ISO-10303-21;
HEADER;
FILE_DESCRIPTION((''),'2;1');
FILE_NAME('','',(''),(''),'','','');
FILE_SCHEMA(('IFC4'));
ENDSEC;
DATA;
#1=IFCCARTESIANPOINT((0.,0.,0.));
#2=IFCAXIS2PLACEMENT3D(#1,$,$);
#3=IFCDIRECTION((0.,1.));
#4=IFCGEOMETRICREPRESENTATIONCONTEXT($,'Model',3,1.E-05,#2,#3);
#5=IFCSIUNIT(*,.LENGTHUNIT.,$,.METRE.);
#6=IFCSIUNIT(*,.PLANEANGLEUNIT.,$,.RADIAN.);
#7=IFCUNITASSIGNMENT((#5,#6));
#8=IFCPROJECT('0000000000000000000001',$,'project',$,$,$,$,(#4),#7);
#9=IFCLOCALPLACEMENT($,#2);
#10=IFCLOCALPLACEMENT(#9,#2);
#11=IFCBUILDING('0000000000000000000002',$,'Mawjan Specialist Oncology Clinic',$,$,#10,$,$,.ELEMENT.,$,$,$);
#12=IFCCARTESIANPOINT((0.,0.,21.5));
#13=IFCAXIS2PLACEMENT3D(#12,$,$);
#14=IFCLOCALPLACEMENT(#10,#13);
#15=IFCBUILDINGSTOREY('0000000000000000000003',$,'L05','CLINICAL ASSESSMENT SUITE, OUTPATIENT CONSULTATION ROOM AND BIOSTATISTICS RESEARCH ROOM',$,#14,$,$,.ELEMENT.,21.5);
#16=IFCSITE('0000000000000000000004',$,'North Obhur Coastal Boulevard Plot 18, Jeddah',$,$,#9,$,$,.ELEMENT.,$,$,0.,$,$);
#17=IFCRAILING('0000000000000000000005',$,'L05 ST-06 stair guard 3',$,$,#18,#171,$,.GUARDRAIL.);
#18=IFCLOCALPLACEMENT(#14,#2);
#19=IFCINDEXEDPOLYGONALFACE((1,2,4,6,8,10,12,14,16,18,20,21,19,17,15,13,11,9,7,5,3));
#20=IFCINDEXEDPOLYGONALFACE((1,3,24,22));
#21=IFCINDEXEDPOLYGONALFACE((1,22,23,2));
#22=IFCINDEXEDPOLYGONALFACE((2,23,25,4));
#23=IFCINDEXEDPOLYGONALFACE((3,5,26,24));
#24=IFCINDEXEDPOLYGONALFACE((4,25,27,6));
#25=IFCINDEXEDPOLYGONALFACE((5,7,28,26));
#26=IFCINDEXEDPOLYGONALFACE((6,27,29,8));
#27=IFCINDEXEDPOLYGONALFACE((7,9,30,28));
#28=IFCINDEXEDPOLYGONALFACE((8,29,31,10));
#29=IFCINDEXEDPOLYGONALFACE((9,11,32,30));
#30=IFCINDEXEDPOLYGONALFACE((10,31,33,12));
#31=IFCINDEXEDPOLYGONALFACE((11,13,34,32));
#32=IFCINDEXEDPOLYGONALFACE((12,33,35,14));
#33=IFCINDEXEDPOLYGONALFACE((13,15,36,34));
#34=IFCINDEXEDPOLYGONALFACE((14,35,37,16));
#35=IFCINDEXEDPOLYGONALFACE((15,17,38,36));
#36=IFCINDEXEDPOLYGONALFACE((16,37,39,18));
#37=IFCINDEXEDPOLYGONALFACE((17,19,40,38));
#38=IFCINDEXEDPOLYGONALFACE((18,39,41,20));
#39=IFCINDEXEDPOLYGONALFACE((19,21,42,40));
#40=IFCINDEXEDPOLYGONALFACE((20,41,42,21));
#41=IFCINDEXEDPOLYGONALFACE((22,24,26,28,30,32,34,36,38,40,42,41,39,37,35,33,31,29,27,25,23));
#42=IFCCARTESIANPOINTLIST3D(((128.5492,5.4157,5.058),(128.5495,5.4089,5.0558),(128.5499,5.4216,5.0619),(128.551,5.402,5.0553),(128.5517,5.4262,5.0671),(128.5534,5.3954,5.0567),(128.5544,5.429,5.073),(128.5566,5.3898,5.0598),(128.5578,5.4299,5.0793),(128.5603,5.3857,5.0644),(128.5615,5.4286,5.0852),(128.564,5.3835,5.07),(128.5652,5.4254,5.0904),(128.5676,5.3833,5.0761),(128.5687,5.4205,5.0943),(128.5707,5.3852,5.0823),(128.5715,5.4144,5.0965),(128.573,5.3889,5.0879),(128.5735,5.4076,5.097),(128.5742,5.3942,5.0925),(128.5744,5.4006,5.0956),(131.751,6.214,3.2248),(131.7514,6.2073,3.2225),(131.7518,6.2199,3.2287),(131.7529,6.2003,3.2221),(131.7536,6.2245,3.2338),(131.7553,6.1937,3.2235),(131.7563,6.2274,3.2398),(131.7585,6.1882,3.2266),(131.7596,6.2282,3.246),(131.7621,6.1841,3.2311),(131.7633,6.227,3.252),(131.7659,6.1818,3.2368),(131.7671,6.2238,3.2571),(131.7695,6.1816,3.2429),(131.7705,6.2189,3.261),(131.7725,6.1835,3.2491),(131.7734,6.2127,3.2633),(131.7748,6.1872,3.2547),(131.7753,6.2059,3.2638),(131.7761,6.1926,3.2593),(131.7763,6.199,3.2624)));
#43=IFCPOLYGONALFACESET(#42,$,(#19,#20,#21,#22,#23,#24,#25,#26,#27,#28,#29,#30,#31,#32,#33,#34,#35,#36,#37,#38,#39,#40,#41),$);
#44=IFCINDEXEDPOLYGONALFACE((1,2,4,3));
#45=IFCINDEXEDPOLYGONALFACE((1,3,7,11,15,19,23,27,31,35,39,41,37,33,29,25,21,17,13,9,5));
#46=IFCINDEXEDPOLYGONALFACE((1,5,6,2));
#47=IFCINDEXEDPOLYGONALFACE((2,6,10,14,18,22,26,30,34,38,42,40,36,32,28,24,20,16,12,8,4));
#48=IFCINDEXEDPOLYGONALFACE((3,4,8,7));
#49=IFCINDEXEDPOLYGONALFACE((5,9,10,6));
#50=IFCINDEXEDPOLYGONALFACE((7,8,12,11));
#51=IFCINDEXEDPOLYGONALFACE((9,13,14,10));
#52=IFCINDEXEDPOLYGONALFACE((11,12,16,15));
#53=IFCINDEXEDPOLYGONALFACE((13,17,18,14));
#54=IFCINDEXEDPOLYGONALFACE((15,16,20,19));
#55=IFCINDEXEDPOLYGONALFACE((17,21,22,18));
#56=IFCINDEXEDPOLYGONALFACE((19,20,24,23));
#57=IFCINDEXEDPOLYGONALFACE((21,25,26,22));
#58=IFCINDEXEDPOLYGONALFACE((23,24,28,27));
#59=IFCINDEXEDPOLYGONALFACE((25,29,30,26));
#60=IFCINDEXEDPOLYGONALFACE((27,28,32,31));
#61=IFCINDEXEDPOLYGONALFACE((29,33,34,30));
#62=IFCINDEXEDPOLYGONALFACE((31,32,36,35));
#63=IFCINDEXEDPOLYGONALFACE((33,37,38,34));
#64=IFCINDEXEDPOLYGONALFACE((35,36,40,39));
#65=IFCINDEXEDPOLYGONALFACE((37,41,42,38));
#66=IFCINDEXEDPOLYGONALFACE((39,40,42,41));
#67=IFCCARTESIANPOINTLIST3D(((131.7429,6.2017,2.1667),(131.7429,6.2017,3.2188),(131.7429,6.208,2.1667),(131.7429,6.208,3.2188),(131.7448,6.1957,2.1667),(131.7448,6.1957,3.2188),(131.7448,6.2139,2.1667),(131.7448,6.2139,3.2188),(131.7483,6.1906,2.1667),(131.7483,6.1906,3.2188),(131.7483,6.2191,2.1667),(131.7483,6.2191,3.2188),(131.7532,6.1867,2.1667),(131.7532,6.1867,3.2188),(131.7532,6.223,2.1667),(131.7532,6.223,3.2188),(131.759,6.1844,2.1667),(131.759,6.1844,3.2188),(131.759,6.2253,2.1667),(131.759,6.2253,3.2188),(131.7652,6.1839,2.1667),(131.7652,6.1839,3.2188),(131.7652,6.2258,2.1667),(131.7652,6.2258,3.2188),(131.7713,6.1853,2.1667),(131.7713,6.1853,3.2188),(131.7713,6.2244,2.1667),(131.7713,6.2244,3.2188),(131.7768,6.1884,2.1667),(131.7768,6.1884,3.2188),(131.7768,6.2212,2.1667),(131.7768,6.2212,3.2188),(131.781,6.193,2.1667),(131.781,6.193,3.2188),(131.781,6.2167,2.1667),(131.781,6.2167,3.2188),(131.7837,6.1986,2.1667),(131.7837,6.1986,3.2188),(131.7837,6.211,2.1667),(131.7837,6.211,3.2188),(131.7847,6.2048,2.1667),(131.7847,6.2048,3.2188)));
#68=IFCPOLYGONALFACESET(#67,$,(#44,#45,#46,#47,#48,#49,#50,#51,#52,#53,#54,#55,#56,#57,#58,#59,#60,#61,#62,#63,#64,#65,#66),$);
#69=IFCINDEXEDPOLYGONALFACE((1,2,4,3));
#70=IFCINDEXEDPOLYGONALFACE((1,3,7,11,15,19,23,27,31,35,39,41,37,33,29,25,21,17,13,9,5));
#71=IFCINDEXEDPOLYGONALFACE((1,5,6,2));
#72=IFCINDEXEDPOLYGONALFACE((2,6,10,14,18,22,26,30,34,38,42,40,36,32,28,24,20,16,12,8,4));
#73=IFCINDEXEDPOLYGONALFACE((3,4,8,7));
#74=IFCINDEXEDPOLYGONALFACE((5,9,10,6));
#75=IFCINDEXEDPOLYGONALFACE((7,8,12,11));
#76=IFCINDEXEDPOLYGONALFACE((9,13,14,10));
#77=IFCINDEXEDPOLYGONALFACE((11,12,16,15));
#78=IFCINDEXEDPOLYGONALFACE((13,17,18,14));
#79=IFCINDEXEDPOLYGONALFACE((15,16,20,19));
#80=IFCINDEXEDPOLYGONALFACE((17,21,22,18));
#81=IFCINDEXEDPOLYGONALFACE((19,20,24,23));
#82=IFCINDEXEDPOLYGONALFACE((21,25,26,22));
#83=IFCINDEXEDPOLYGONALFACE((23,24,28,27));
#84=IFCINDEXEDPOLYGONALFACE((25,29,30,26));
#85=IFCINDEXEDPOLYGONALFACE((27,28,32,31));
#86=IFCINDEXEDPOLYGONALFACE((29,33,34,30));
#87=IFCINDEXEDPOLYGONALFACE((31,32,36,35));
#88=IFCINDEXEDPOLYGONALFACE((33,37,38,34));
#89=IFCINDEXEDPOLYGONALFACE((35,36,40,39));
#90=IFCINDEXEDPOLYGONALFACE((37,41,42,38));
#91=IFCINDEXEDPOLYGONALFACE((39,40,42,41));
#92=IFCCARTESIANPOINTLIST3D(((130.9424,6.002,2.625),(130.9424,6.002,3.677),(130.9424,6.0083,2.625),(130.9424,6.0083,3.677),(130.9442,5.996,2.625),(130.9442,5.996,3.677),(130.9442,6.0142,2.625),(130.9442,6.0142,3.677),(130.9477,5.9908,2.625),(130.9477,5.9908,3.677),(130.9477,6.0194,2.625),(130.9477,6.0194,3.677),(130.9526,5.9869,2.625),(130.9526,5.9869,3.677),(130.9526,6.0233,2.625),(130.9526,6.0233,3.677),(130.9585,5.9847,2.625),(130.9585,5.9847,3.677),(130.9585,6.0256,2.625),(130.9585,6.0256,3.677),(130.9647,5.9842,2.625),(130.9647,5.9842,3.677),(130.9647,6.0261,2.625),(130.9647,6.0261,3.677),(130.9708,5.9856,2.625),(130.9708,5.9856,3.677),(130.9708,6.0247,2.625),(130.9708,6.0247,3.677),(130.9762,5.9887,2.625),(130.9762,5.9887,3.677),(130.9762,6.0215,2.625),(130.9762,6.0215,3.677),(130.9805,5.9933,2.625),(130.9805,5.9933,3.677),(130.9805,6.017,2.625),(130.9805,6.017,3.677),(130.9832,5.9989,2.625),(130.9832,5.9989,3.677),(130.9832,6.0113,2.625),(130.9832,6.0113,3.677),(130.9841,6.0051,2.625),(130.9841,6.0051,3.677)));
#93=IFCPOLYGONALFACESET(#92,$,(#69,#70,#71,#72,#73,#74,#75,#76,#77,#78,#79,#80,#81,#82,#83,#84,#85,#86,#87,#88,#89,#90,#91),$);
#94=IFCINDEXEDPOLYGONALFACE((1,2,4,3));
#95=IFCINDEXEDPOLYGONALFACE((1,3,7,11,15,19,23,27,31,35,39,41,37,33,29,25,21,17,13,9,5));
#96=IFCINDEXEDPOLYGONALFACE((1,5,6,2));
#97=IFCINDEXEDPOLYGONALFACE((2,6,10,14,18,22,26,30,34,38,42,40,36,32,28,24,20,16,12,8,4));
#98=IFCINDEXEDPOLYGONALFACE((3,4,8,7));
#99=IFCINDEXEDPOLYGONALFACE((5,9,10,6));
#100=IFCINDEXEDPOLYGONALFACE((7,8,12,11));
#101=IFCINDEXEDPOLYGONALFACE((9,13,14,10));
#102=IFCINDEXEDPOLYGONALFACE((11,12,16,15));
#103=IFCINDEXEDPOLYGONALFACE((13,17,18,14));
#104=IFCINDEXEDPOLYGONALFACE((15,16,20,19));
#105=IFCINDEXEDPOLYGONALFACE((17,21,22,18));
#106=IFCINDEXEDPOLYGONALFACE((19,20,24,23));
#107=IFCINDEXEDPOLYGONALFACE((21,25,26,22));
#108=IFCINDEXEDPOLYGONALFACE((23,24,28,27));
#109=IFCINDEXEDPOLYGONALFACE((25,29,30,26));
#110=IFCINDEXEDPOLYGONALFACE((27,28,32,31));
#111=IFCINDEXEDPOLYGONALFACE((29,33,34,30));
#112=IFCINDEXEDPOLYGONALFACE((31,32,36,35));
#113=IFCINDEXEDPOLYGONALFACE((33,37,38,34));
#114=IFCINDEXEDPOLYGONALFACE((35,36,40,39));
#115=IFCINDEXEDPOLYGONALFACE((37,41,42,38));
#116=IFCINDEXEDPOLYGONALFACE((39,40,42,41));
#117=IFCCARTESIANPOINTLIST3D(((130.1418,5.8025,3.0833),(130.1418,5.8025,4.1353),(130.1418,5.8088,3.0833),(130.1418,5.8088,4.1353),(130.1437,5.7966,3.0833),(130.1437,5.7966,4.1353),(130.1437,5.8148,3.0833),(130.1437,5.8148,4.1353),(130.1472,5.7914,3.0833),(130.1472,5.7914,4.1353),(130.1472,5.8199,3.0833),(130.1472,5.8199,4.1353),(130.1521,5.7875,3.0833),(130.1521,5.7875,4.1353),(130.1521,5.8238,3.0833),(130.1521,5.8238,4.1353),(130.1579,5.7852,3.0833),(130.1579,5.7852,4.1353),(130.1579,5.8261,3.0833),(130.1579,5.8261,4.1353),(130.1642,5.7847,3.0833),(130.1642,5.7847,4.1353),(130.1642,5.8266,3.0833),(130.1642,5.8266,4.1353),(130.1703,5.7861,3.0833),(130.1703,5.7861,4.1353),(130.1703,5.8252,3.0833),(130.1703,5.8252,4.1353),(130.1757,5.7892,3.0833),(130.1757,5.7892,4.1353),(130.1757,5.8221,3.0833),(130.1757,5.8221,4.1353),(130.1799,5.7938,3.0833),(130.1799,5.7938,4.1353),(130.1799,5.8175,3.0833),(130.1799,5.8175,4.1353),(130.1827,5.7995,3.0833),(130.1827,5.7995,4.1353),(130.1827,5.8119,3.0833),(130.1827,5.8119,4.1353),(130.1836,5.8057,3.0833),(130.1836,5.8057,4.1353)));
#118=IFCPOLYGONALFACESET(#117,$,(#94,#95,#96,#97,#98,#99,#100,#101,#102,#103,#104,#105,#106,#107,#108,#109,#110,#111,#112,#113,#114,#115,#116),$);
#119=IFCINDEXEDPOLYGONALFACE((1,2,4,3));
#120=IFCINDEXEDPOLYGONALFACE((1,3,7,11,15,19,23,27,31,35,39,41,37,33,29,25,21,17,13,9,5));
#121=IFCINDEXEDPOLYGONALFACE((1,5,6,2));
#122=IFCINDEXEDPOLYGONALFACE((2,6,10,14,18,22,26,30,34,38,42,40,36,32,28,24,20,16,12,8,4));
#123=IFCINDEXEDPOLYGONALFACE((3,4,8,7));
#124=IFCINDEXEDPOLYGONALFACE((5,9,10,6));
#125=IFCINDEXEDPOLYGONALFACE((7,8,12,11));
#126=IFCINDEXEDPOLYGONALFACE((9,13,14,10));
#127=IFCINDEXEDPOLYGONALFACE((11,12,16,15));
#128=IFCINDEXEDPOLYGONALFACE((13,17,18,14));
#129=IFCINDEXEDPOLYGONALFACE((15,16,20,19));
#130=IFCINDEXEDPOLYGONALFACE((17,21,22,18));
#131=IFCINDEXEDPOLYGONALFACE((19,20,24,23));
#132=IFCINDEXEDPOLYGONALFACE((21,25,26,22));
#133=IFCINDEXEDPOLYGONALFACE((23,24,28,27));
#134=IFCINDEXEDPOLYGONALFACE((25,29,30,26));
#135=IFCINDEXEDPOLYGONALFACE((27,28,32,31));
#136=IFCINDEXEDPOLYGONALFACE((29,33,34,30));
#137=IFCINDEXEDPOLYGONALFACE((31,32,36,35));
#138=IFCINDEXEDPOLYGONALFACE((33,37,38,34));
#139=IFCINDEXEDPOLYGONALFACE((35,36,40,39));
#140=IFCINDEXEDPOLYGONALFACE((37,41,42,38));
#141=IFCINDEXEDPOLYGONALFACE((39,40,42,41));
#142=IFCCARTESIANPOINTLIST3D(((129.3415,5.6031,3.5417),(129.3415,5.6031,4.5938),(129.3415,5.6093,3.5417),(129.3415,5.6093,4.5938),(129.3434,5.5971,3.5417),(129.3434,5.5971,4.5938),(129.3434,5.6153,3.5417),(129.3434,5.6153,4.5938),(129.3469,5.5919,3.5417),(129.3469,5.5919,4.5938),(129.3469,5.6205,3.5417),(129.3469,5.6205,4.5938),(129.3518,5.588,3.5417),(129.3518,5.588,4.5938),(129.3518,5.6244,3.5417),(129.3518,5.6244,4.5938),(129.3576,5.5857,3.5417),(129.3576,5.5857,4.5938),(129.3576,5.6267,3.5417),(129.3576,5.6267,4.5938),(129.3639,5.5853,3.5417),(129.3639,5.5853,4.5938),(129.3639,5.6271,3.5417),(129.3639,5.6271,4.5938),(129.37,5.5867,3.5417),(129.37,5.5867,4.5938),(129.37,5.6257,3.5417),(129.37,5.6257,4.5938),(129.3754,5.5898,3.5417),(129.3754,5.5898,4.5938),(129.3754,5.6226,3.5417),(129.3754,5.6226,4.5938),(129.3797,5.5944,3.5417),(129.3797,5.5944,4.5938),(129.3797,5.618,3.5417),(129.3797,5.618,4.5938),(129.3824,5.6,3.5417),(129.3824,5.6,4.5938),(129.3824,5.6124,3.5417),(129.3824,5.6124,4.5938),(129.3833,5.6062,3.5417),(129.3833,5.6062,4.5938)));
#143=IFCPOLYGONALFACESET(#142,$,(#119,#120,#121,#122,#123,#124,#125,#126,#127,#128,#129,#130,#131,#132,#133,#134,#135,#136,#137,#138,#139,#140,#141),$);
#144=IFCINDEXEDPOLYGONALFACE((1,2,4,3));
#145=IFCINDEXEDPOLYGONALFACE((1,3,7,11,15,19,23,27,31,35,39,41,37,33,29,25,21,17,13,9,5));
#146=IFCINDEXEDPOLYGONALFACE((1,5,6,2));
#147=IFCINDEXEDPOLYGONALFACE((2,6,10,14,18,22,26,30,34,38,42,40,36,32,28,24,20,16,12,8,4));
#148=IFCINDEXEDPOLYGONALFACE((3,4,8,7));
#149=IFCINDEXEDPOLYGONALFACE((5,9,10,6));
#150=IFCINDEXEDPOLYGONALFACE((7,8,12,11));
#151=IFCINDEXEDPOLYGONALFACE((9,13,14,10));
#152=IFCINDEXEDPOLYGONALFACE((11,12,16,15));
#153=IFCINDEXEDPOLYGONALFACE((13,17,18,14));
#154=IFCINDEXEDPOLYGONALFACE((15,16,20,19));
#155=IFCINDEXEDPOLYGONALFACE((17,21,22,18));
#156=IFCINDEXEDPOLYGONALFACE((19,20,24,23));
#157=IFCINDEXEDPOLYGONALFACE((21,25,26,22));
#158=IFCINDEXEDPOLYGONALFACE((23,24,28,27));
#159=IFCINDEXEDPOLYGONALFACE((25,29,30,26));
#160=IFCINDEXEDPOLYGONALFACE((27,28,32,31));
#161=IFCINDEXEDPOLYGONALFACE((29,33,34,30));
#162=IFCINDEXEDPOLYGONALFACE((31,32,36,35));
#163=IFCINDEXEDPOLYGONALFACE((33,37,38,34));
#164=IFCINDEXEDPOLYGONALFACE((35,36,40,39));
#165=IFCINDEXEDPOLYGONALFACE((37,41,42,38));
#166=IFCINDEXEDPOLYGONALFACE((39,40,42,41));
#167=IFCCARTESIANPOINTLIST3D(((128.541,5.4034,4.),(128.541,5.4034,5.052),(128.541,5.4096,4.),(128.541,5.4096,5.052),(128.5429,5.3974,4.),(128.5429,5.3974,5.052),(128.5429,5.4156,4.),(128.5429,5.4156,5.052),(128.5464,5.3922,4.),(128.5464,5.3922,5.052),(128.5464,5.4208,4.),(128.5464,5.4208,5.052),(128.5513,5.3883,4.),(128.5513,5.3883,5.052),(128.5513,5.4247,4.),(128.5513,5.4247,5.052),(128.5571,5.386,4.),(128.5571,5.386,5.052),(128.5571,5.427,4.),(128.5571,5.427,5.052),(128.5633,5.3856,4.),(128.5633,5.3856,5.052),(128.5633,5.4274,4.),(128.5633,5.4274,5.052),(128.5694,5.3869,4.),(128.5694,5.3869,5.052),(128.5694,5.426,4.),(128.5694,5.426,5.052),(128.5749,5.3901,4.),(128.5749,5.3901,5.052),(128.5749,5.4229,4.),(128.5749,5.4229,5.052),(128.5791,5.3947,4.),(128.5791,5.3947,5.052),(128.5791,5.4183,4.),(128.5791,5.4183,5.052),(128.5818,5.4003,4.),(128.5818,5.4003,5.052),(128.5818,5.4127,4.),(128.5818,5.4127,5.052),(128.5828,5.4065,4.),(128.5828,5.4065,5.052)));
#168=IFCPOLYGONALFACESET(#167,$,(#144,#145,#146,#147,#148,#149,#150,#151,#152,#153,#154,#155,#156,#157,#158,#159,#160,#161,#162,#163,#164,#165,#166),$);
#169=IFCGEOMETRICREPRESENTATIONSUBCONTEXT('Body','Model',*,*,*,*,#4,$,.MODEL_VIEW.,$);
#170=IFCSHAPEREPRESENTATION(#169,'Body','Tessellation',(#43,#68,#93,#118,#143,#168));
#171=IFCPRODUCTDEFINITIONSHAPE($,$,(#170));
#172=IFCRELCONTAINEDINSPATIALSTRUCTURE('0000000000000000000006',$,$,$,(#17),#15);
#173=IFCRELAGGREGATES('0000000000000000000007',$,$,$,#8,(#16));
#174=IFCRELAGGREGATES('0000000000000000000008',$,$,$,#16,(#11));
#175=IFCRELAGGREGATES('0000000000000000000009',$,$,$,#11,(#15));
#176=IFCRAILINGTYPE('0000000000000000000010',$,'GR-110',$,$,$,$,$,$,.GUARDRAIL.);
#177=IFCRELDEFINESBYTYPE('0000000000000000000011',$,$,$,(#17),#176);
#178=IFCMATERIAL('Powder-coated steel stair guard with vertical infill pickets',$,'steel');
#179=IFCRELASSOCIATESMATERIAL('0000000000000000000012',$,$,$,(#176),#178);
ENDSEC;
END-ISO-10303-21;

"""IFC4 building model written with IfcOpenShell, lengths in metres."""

from ifc_helpers import new_model, si_unit, direction, frame, origin, origin_2d, place, context, subcontext, project, spatial, circle, extrude, material, type_object, element, save


model = new_model("IFC4")

# Units and contexts
model_context = context("Model", 3, precision=1e-05, world=origin(), true_north=direction((0.0, 1.0)))
body_context = subcontext(model_context, "Body", "Model", "MODEL_VIEW")
ifc_project = project(units=[si_unit("LENGTHUNIT", "METRE"), si_unit("PLANEANGLEUNIT", "RADIAN")], contexts=[model_context])

# Site, building, storey
site_placement = place(None, origin())
site = spatial("IfcSite", under=ifc_project, at=site_placement, Name="North Obhur Coastal Boulevard Plot 18, Jeddah", CompositionType="ELEMENT", RefElevation=0.0)
building_placement = place(site_placement, origin())
building = spatial("IfcBuilding", under=site, at=building_placement, Name="Mawjan Specialist Oncology Clinic", CompositionType="ELEMENT")
storey_placement = place(building_placement, frame((0.0, 0.0, 21.5)))
storey = spatial("IfcBuildingStorey", under=building, at=storey_placement, Name="L05", Description="CLINICAL ASSESSMENT SUITE, OUTPATIENT CONSULTATION ROOM AND BIOSTATISTICS RESEARCH ROOM", CompositionType="ELEMENT", Elevation=21.5)

# Railing
ifc_material_1 = material(Name="Powder-coated steel stair guard with vertical infill pickets", Category="steel")
railing_type_1 = type_object("IfcRailingType", Name="GR-110", PredefinedType="GUARDRAIL", material=ifc_material_1)
railing_1_placement = place(storey_placement, frame((131.7637, 6.2048, 2.1667)))
element("IfcRailing", 1, at=railing_1_placement, inside=storey, type_object=railing_type_1, Name="L05 ST-06 stair guard 3", PredefinedType="GUARDRAIL", context=body_context, shape_type="SweptSolid", body=[
    extrude(circle(Radius=0.0239, at=origin_2d()), frame((0.0, 0.0, 1.0762), z_axis=(-0.848195, -0.211483, 0.485634), x_axis=(0.241926, -0.970295, 0.0)), (0.0, 0.0, 1.0), 3.7749),
    extrude(circle(Radius=0.021, at=origin_2d()), origin(), (0.0, 0.0, 1.0), 1.052),
    extrude(circle(Radius=0.021, at=origin_2d()), frame((-0.8005, -0.1997, 0.4583)), (0.0, 0.0, 1.0), 1.052),
    extrude(circle(Radius=0.021, at=origin_2d()), frame((-1.6011, -0.3992, 0.9165)), (0.0, 0.0, 1.0), 1.052),
    extrude(circle(Radius=0.021, at=origin_2d()), frame((-2.4014, -0.5986, 1.375)), (0.0, 0.0, 1.0), 1.052),
    extrude(circle(Radius=0.021, at=origin_2d()), frame((-3.2019, -0.7983, 1.8333)), (0.0, 0.0, 1.0), 1.052),
])

save(model, "model.ifc")
